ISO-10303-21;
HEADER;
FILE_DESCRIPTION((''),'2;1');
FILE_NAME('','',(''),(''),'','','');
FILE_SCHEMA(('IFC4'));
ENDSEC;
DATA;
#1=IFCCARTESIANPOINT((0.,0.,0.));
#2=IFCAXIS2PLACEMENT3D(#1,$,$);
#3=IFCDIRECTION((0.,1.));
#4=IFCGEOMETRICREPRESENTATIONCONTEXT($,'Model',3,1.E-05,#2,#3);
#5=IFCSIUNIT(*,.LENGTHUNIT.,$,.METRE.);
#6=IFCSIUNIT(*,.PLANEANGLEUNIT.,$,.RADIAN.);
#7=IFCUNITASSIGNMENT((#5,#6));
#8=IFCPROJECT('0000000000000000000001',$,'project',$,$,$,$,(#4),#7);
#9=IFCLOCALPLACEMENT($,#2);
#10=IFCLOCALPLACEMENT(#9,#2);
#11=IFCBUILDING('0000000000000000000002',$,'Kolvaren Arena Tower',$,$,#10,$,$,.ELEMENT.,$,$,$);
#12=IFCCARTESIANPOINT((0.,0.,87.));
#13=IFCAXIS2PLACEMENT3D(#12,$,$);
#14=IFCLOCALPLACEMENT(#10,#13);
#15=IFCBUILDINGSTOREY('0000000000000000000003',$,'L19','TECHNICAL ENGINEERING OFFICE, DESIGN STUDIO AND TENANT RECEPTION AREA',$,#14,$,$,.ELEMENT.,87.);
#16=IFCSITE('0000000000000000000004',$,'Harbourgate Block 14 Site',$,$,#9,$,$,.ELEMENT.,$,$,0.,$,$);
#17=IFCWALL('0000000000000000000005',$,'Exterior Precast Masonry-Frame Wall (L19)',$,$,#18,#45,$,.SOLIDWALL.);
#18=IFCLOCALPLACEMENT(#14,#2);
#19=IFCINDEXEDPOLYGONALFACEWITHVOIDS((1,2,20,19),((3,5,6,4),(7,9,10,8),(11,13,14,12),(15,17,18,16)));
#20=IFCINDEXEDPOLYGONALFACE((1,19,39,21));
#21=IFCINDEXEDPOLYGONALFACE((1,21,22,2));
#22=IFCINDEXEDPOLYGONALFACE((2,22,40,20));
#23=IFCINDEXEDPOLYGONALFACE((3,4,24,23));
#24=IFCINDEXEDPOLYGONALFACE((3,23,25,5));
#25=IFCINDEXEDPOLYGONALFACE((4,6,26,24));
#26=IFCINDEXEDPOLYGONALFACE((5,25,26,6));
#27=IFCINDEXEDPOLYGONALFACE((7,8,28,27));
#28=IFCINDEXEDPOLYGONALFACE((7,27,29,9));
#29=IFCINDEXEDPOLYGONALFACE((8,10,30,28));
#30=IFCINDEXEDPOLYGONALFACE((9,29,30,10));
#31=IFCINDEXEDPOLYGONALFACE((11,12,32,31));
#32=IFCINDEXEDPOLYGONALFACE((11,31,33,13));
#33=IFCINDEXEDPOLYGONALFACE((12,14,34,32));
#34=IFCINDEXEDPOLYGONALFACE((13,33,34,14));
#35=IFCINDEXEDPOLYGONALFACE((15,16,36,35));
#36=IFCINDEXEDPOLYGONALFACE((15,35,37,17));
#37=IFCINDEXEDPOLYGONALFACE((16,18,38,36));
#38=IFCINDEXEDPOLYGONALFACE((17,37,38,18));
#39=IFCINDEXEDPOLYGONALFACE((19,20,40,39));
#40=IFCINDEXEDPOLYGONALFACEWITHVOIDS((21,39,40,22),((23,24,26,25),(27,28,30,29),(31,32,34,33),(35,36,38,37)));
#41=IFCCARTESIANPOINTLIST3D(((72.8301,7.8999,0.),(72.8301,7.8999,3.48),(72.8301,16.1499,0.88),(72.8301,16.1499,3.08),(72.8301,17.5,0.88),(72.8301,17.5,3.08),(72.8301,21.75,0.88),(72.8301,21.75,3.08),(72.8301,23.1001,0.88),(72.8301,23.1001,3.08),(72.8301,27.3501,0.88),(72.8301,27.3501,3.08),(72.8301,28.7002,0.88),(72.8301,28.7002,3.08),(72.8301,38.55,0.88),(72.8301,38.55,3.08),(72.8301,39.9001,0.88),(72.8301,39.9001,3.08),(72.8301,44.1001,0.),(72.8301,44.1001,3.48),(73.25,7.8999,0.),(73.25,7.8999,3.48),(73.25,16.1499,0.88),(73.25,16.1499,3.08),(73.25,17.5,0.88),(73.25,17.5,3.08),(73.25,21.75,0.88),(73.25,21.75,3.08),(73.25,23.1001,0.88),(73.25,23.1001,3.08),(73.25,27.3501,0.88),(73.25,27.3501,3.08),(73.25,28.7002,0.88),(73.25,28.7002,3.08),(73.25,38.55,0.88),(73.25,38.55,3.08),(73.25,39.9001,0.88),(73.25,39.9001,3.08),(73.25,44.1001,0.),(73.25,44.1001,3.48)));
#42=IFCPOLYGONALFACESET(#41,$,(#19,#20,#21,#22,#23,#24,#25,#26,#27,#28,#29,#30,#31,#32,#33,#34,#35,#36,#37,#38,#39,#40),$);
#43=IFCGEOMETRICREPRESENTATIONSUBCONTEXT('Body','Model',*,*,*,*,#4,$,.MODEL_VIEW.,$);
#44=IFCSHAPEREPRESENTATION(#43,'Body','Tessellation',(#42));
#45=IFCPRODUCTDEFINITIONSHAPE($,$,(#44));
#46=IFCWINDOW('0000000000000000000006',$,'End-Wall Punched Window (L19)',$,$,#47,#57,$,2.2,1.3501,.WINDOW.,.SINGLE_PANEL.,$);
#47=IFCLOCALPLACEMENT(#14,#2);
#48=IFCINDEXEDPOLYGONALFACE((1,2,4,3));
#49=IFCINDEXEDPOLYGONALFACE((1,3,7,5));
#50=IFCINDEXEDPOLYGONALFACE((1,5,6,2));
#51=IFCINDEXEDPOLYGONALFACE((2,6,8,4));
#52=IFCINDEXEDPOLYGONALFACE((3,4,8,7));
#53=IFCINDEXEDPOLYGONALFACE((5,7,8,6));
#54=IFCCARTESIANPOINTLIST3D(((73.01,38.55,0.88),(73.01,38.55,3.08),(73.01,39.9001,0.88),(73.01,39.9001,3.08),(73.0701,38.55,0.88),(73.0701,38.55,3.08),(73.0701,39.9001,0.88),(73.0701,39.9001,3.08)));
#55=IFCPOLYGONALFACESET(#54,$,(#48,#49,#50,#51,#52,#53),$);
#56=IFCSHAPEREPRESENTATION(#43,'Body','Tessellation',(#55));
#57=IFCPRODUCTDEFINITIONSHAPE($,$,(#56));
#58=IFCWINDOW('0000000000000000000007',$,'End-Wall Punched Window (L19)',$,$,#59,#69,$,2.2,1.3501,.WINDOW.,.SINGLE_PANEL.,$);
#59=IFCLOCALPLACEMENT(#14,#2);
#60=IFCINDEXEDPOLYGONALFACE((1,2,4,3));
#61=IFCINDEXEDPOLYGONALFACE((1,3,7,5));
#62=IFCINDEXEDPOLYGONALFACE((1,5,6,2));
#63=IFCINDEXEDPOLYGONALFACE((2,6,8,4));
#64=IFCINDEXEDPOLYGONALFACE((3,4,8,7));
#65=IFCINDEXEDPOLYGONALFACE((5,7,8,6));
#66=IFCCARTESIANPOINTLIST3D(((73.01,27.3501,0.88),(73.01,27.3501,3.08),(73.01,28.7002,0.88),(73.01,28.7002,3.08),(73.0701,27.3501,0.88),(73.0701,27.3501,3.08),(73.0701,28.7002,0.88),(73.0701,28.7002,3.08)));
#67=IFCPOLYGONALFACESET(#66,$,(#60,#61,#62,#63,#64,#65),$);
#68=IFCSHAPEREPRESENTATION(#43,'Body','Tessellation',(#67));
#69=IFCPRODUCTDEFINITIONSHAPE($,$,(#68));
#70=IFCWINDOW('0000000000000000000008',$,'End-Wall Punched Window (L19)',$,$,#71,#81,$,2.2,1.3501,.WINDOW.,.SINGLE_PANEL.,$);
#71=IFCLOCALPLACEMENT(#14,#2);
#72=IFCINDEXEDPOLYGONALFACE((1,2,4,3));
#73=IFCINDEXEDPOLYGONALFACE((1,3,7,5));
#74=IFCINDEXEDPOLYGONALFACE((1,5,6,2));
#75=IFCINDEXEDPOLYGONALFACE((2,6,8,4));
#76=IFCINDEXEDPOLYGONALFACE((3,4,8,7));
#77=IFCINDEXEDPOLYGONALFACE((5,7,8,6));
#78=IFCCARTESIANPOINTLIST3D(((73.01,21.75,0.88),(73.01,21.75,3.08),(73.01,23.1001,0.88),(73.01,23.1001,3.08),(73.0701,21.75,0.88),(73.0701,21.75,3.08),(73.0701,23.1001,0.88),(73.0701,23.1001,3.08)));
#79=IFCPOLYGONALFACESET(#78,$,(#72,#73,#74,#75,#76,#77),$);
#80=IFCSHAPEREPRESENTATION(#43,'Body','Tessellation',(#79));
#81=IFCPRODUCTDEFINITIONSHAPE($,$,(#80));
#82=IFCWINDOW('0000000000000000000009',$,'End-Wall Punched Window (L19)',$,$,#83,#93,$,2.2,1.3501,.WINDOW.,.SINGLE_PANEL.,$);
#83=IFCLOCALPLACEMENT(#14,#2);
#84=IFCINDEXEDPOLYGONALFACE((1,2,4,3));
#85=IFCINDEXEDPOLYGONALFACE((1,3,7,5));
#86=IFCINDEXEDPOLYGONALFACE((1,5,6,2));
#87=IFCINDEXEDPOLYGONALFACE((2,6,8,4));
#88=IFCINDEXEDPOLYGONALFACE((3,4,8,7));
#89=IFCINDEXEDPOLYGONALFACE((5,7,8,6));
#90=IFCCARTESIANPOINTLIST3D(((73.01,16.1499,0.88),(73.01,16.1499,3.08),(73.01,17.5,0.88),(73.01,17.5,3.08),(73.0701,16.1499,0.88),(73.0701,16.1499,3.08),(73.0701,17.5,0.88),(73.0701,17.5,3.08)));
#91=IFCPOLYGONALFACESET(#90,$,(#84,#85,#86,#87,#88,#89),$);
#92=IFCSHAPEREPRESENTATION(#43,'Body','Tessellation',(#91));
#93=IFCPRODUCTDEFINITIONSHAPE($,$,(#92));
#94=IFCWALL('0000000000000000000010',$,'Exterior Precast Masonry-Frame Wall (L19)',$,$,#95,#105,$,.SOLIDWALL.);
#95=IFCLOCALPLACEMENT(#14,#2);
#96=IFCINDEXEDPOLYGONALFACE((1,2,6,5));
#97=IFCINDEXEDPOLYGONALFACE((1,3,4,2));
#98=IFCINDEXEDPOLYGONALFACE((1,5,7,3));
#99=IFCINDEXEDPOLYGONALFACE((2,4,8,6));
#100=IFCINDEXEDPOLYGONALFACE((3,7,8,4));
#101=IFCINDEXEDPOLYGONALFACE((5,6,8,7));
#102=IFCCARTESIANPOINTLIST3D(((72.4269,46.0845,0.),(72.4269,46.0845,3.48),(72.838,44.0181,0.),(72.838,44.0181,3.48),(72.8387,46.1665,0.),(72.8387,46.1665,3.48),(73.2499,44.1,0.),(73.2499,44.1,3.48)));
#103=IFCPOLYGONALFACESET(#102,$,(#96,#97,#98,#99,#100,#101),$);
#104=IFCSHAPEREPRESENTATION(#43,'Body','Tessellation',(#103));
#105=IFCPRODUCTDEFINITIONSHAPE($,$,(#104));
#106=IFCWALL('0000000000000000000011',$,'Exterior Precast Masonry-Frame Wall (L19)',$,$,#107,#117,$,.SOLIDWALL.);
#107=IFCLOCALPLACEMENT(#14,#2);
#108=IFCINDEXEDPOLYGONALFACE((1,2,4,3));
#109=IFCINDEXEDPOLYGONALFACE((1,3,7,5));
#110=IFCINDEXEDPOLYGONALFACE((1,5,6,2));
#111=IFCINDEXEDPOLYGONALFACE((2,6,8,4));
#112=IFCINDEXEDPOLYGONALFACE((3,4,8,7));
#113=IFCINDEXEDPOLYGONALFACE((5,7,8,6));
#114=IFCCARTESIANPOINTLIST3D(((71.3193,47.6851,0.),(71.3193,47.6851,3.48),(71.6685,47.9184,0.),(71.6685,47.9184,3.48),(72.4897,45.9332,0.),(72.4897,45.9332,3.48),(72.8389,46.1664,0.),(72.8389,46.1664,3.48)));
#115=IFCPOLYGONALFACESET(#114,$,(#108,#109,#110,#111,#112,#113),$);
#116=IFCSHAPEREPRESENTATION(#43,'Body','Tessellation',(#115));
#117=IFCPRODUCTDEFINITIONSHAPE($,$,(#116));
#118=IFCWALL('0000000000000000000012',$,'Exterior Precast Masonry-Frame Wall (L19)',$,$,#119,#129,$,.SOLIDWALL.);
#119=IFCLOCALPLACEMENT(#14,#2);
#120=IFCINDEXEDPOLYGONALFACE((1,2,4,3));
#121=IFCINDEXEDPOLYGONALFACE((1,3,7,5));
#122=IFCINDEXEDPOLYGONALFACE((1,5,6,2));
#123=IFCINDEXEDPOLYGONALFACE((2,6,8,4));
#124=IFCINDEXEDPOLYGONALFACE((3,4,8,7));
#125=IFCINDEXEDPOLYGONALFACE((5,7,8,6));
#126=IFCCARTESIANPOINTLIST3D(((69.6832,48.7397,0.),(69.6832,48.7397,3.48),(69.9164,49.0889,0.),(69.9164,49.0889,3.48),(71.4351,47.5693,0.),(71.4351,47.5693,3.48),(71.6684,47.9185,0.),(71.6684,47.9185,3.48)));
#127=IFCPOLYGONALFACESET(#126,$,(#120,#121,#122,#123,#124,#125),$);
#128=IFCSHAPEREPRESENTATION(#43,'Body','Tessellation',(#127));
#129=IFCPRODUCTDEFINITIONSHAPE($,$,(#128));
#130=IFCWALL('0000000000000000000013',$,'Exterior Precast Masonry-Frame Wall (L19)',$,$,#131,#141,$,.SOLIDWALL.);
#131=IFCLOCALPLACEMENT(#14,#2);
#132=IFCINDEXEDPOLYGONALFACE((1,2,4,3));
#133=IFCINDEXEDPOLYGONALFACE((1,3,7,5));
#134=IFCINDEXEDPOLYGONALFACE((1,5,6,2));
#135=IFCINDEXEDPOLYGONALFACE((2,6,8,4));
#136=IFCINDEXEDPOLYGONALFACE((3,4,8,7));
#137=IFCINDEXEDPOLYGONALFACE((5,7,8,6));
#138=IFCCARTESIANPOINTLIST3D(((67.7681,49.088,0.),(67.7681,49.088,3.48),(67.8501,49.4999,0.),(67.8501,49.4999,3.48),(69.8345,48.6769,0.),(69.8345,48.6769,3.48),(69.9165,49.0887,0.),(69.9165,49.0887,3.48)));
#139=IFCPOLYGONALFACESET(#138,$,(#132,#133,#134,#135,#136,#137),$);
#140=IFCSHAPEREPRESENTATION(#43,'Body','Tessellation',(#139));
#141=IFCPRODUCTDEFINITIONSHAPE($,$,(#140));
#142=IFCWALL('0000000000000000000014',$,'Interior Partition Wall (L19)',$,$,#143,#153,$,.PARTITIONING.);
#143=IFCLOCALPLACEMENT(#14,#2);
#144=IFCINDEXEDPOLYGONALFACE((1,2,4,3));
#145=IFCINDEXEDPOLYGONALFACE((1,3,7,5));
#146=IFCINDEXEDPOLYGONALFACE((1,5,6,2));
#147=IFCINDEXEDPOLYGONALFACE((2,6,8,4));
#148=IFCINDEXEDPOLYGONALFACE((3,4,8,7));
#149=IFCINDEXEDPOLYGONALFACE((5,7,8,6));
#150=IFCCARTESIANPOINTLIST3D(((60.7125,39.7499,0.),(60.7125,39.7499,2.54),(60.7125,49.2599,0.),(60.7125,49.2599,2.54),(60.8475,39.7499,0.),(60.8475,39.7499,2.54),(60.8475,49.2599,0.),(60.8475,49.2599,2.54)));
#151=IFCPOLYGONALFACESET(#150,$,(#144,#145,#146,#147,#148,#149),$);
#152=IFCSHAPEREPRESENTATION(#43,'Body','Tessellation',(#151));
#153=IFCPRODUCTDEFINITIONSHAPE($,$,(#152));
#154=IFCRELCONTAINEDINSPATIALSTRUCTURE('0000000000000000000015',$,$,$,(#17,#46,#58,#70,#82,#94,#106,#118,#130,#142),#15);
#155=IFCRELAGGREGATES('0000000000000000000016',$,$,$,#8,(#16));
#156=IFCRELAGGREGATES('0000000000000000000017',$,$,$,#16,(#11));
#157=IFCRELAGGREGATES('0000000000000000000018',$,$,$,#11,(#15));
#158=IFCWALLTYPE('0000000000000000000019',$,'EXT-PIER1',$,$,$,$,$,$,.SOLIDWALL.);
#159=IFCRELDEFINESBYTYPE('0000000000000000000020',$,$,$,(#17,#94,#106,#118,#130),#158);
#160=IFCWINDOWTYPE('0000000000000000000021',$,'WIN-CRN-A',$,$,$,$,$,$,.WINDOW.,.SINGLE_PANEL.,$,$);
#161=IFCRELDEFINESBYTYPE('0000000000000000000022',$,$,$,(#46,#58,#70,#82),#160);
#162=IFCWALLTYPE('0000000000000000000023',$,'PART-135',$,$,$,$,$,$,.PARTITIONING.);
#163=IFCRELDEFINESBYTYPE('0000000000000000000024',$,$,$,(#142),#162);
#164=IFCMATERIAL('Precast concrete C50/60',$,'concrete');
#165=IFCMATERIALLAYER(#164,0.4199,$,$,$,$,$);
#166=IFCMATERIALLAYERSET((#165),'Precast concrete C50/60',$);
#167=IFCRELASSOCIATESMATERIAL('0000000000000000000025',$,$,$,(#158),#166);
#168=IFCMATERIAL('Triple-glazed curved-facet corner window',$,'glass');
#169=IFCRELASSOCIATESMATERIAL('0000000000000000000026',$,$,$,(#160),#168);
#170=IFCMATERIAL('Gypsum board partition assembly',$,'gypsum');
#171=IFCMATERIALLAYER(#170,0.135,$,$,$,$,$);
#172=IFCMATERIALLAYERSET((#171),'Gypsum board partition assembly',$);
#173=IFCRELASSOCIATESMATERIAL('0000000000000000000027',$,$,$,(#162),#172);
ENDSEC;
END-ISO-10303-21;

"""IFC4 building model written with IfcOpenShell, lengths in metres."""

from ifc_helpers import new_model, si_unit, direction, frame, frame_2d, origin, place, context, subcontext, project, spatial, rectangle, extrude, material, layer, layer_set, type_object, element, fill, save


model = new_model("IFC4")

# Units and contexts
model_context = context("Model", 3, precision=1e-05, world=origin(), true_north=direction((0.0, 1.0)))
body_context = subcontext(model_context, "Body", "Model", "MODEL_VIEW")
ifc_project = project(units=[si_unit("LENGTHUNIT", "METRE"), si_unit("PLANEANGLEUNIT", "RADIAN")], contexts=[model_context])

# Site, building, storey
site_placement = place(None, origin())
site = spatial("IfcSite", under=ifc_project, at=site_placement, Name="Harbourgate Block 14 Site", CompositionType="ELEMENT", RefElevation=0.0)
building_placement = place(site_placement, origin())
building = spatial("IfcBuilding", under=site, at=building_placement, Name="Kolvaren Arena Tower", CompositionType="ELEMENT")
storey_placement = place(building_placement, frame((0.0, 0.0, 87.0)))
storey = spatial("IfcBuildingStorey", under=building, at=storey_placement, Name="L19", Description="TECHNICAL ENGINEERING OFFICE, DESIGN STUDIO AND TENANT RECEPTION AREA", CompositionType="ELEMENT", Elevation=87.0)

# Wall, openings, windows
ifc_material_1 = material(Name="Precast concrete C50/60", Category="concrete")
ifc_layer_1 = layer(ifc_material_1, 0.4199)
ifc_layer_set_1 = layer_set([ifc_layer_1], Name="Precast concrete C50/60")
wall_type_1 = type_object("IfcWallType", Name="EXT-PIER1", PredefinedType="SOLIDWALL", material=ifc_layer_set_1)
wall_1_placement = place(storey_placement, frame((73.04, 44.1001, 0.0), z_axis=(0.0, 0.0, 1.0), x_axis=(0.0, -1.0, 0.0)))
wall_1 = element("IfcWall", 1, at=wall_1_placement, inside=storey, type_object=wall_type_1, Name="Exterior Precast Masonry-Frame Wall (L19)", PredefinedType="SOLIDWALL", context=body_context, shape_type="SweptSolid", body=[
    extrude(rectangle(XDim=36.2002, YDim=0.4199, at=frame_2d((18.1001, 0.0))), origin(), (0.0, 0.0, 1.0), 3.48),
])
opening_1_placement = place(wall_1_placement, frame((4.2, 0.0, 0.8799)))
opening_1 = element("IfcOpeningElement", 2, at=opening_1_placement, cuts=wall_1, PredefinedType="OPENING", context=body_context, shape_type="SweptSolid", body=[
    extrude(rectangle(XDim=1.3501, YDim=2.2, at=frame_2d((0.675, 1.1001))), frame((0.0, 0.22, 0.0), z_axis=(0.0, -1.0, 0.0), x_axis=(1.0, 0.0, 0.0)), (0.0, 0.0, 1.0), 0.4399),
])
opening_2_placement = place(wall_1_placement, frame((15.3999, 0.0, 0.8799)))
opening_2 = element("IfcOpeningElement", 3, at=opening_2_placement, cuts=wall_1, PredefinedType="OPENING", context=body_context, shape_type="SweptSolid", body=[
    extrude(rectangle(XDim=1.3501, YDim=2.2, at=frame_2d((0.675, 1.1001))), frame((0.0, 0.22, 0.0), z_axis=(0.0, -1.0, 0.0), x_axis=(1.0, 0.0, 0.0)), (0.0, 0.0, 1.0), 0.4399),
])
opening_3_placement = place(wall_1_placement, frame((21.0, 0.0, 0.8799)))
opening_3 = element("IfcOpeningElement", 4, at=opening_3_placement, cuts=wall_1, PredefinedType="OPENING", context=body_context, shape_type="SweptSolid", body=[
    extrude(rectangle(XDim=1.3501, YDim=2.2, at=frame_2d((0.675, 1.1001))), frame((0.0, 0.22, 0.0), z_axis=(0.0, -1.0, 0.0), x_axis=(1.0, 0.0, 0.0)), (0.0, 0.0, 1.0), 0.4399),
])
opening_4_placement = place(wall_1_placement, frame((26.6001, 0.0, 0.8799)))
opening_4 = element("IfcOpeningElement", 5, at=opening_4_placement, cuts=wall_1, PredefinedType="OPENING", context=body_context, shape_type="SweptSolid", body=[
    extrude(rectangle(XDim=1.3501, YDim=2.2, at=frame_2d((0.675, 1.1001))), frame((0.0, 0.22, 0.0), z_axis=(0.0, -1.0, 0.0), x_axis=(1.0, 0.0, 0.0)), (0.0, 0.0, 1.0), 0.4399),
])
ifc_material_2 = material(Name="Triple-glazed curved-facet corner window", Category="glass")
window_type = type_object("IfcWindowType", Name="WIN-CRN-A", PartitioningType="SINGLE_PANEL", PredefinedType="WINDOW", material=ifc_material_2)
window_1_placement = place(opening_1_placement, origin())
window_1 = element("IfcWindow", 6, at=window_1_placement, inside=storey, type_object=window_type, Name="End-Wall Punched Window (L19)", OverallHeight=2.2, OverallWidth=1.3501, PartitioningType="SINGLE_PANEL", PredefinedType="WINDOW", context=body_context, shape_type="SweptSolid", body=[
    extrude(rectangle(XDim=1.3501, YDim=2.2, at=frame_2d((0.675, 1.1001))), frame((0.0, 0.03, 0.0), z_axis=(0.0, -1.0, 0.0), x_axis=(1.0, 0.0, 0.0)), (0.0, 0.0, 1.0), 0.0601),
])
fill(opening_1, window_1)
window_2_placement = place(opening_2_placement, origin())
window_2 = element("IfcWindow", 7, at=window_2_placement, inside=storey, type_object=window_type, Name="End-Wall Punched Window (L19)", OverallHeight=2.2, OverallWidth=1.3501, PartitioningType="SINGLE_PANEL", PredefinedType="WINDOW", context=body_context, shape_type="SweptSolid", body=[
    extrude(rectangle(XDim=1.3501, YDim=2.2, at=frame_2d((0.675, 1.1001))), frame((0.0, 0.03, 0.0), z_axis=(0.0, -1.0, 0.0), x_axis=(1.0, 0.0, 0.0)), (0.0, 0.0, 1.0), 0.0601),
])
fill(opening_2, window_2)
window_3_placement = place(opening_3_placement, origin())
window_3 = element("IfcWindow", 8, at=window_3_placement, inside=storey, type_object=window_type, Name="End-Wall Punched Window (L19)", OverallHeight=2.2, OverallWidth=1.3501, PartitioningType="SINGLE_PANEL", PredefinedType="WINDOW", context=body_context, shape_type="SweptSolid", body=[
    extrude(rectangle(XDim=1.3501, YDim=2.2, at=frame_2d((0.675, 1.1001))), frame((0.0, 0.03, 0.0), z_axis=(0.0, -1.0, 0.0), x_axis=(1.0, 0.0, 0.0)), (0.0, 0.0, 1.0), 0.0601),
])
fill(opening_3, window_3)
window_4_placement = place(opening_4_placement, origin())
window_4 = element("IfcWindow", 9, at=window_4_placement, inside=storey, type_object=window_type, Name="End-Wall Punched Window (L19)", OverallHeight=2.2, OverallWidth=1.3501, PartitioningType="SINGLE_PANEL", PredefinedType="WINDOW", context=body_context, shape_type="SweptSolid", body=[
    extrude(rectangle(XDim=1.3501, YDim=2.2, at=frame_2d((0.675, 1.1001))), frame((0.0, 0.03, 0.0), z_axis=(0.0, -1.0, 0.0), x_axis=(1.0, 0.0, 0.0)), (0.0, 0.0, 1.0), 0.0601),
])
fill(opening_4, window_4)

# Walls
for number, where, z_axis, x_axis, name in (
    (10, (72.6328, 46.1255, 0.0), (0.0, 0.0, 1.0), (0.195136, -0.980776, 0.0), "Exterior Precast Masonry-Frame Wall (L19)"),
    (11, (71.4939, 47.8018, 0.0), (0.0, 0.0, 1.0), (0.555502, -0.831515, 0.0), "Exterior Precast Masonry-Frame Wall (L19)"),
    (12, (69.7998, 48.9143, 0.0), (0.0, 0.0, 1.0), (0.831515, -0.555502, 0.0), "Exterior Precast Masonry-Frame Wall (L19)"),
    (13, (67.8091, 49.2939, 0.0), (0.0, 0.0, 1.0), (0.980776, -0.195136, 0.0), "Exterior Precast Masonry-Frame Wall (L19)"),
):
    element("IfcWall", number, at=place(storey_placement, frame(where, z_axis=z_axis, x_axis=x_axis)), inside=storey, type_object=wall_type_1, Name=name, PredefinedType="SOLIDWALL", context=body_context, shape_type="SweptSolid", body=[
        extrude(rectangle(XDim=2.1069, YDim=0.4199, at=frame_2d((1.0535, 0.0))), origin(), (0.0, 0.0, 1.0), 3.48),
    ])
ifc_material_3 = material(Name="Gypsum board partition assembly", Category="gypsum")
ifc_layer_2 = layer(ifc_material_3, 0.135)
ifc_layer_set_2 = layer_set([ifc_layer_2], Name="Gypsum board partition assembly")
wall_type_2 = type_object("IfcWallType", Name="PART-135", PredefinedType="PARTITIONING", material=ifc_layer_set_2)
wall_2_placement = place(storey_placement, frame((60.78, 39.75, 0.0), z_axis=(0.0, 0.0, 1.0), x_axis=(0.0, 1.0, 0.0)))
element("IfcWall", 14, at=wall_2_placement, inside=storey, type_object=wall_type_2, Name="Interior Partition Wall (L19)", PredefinedType="PARTITIONING", context=body_context, shape_type="SweptSolid", body=[
    extrude(rectangle(XDim=9.51, YDim=0.135, at=frame_2d((4.7549, 0.0))), origin(), (0.0, 0.0, 1.0), 2.54),
])

save(model, "model.ifc")
